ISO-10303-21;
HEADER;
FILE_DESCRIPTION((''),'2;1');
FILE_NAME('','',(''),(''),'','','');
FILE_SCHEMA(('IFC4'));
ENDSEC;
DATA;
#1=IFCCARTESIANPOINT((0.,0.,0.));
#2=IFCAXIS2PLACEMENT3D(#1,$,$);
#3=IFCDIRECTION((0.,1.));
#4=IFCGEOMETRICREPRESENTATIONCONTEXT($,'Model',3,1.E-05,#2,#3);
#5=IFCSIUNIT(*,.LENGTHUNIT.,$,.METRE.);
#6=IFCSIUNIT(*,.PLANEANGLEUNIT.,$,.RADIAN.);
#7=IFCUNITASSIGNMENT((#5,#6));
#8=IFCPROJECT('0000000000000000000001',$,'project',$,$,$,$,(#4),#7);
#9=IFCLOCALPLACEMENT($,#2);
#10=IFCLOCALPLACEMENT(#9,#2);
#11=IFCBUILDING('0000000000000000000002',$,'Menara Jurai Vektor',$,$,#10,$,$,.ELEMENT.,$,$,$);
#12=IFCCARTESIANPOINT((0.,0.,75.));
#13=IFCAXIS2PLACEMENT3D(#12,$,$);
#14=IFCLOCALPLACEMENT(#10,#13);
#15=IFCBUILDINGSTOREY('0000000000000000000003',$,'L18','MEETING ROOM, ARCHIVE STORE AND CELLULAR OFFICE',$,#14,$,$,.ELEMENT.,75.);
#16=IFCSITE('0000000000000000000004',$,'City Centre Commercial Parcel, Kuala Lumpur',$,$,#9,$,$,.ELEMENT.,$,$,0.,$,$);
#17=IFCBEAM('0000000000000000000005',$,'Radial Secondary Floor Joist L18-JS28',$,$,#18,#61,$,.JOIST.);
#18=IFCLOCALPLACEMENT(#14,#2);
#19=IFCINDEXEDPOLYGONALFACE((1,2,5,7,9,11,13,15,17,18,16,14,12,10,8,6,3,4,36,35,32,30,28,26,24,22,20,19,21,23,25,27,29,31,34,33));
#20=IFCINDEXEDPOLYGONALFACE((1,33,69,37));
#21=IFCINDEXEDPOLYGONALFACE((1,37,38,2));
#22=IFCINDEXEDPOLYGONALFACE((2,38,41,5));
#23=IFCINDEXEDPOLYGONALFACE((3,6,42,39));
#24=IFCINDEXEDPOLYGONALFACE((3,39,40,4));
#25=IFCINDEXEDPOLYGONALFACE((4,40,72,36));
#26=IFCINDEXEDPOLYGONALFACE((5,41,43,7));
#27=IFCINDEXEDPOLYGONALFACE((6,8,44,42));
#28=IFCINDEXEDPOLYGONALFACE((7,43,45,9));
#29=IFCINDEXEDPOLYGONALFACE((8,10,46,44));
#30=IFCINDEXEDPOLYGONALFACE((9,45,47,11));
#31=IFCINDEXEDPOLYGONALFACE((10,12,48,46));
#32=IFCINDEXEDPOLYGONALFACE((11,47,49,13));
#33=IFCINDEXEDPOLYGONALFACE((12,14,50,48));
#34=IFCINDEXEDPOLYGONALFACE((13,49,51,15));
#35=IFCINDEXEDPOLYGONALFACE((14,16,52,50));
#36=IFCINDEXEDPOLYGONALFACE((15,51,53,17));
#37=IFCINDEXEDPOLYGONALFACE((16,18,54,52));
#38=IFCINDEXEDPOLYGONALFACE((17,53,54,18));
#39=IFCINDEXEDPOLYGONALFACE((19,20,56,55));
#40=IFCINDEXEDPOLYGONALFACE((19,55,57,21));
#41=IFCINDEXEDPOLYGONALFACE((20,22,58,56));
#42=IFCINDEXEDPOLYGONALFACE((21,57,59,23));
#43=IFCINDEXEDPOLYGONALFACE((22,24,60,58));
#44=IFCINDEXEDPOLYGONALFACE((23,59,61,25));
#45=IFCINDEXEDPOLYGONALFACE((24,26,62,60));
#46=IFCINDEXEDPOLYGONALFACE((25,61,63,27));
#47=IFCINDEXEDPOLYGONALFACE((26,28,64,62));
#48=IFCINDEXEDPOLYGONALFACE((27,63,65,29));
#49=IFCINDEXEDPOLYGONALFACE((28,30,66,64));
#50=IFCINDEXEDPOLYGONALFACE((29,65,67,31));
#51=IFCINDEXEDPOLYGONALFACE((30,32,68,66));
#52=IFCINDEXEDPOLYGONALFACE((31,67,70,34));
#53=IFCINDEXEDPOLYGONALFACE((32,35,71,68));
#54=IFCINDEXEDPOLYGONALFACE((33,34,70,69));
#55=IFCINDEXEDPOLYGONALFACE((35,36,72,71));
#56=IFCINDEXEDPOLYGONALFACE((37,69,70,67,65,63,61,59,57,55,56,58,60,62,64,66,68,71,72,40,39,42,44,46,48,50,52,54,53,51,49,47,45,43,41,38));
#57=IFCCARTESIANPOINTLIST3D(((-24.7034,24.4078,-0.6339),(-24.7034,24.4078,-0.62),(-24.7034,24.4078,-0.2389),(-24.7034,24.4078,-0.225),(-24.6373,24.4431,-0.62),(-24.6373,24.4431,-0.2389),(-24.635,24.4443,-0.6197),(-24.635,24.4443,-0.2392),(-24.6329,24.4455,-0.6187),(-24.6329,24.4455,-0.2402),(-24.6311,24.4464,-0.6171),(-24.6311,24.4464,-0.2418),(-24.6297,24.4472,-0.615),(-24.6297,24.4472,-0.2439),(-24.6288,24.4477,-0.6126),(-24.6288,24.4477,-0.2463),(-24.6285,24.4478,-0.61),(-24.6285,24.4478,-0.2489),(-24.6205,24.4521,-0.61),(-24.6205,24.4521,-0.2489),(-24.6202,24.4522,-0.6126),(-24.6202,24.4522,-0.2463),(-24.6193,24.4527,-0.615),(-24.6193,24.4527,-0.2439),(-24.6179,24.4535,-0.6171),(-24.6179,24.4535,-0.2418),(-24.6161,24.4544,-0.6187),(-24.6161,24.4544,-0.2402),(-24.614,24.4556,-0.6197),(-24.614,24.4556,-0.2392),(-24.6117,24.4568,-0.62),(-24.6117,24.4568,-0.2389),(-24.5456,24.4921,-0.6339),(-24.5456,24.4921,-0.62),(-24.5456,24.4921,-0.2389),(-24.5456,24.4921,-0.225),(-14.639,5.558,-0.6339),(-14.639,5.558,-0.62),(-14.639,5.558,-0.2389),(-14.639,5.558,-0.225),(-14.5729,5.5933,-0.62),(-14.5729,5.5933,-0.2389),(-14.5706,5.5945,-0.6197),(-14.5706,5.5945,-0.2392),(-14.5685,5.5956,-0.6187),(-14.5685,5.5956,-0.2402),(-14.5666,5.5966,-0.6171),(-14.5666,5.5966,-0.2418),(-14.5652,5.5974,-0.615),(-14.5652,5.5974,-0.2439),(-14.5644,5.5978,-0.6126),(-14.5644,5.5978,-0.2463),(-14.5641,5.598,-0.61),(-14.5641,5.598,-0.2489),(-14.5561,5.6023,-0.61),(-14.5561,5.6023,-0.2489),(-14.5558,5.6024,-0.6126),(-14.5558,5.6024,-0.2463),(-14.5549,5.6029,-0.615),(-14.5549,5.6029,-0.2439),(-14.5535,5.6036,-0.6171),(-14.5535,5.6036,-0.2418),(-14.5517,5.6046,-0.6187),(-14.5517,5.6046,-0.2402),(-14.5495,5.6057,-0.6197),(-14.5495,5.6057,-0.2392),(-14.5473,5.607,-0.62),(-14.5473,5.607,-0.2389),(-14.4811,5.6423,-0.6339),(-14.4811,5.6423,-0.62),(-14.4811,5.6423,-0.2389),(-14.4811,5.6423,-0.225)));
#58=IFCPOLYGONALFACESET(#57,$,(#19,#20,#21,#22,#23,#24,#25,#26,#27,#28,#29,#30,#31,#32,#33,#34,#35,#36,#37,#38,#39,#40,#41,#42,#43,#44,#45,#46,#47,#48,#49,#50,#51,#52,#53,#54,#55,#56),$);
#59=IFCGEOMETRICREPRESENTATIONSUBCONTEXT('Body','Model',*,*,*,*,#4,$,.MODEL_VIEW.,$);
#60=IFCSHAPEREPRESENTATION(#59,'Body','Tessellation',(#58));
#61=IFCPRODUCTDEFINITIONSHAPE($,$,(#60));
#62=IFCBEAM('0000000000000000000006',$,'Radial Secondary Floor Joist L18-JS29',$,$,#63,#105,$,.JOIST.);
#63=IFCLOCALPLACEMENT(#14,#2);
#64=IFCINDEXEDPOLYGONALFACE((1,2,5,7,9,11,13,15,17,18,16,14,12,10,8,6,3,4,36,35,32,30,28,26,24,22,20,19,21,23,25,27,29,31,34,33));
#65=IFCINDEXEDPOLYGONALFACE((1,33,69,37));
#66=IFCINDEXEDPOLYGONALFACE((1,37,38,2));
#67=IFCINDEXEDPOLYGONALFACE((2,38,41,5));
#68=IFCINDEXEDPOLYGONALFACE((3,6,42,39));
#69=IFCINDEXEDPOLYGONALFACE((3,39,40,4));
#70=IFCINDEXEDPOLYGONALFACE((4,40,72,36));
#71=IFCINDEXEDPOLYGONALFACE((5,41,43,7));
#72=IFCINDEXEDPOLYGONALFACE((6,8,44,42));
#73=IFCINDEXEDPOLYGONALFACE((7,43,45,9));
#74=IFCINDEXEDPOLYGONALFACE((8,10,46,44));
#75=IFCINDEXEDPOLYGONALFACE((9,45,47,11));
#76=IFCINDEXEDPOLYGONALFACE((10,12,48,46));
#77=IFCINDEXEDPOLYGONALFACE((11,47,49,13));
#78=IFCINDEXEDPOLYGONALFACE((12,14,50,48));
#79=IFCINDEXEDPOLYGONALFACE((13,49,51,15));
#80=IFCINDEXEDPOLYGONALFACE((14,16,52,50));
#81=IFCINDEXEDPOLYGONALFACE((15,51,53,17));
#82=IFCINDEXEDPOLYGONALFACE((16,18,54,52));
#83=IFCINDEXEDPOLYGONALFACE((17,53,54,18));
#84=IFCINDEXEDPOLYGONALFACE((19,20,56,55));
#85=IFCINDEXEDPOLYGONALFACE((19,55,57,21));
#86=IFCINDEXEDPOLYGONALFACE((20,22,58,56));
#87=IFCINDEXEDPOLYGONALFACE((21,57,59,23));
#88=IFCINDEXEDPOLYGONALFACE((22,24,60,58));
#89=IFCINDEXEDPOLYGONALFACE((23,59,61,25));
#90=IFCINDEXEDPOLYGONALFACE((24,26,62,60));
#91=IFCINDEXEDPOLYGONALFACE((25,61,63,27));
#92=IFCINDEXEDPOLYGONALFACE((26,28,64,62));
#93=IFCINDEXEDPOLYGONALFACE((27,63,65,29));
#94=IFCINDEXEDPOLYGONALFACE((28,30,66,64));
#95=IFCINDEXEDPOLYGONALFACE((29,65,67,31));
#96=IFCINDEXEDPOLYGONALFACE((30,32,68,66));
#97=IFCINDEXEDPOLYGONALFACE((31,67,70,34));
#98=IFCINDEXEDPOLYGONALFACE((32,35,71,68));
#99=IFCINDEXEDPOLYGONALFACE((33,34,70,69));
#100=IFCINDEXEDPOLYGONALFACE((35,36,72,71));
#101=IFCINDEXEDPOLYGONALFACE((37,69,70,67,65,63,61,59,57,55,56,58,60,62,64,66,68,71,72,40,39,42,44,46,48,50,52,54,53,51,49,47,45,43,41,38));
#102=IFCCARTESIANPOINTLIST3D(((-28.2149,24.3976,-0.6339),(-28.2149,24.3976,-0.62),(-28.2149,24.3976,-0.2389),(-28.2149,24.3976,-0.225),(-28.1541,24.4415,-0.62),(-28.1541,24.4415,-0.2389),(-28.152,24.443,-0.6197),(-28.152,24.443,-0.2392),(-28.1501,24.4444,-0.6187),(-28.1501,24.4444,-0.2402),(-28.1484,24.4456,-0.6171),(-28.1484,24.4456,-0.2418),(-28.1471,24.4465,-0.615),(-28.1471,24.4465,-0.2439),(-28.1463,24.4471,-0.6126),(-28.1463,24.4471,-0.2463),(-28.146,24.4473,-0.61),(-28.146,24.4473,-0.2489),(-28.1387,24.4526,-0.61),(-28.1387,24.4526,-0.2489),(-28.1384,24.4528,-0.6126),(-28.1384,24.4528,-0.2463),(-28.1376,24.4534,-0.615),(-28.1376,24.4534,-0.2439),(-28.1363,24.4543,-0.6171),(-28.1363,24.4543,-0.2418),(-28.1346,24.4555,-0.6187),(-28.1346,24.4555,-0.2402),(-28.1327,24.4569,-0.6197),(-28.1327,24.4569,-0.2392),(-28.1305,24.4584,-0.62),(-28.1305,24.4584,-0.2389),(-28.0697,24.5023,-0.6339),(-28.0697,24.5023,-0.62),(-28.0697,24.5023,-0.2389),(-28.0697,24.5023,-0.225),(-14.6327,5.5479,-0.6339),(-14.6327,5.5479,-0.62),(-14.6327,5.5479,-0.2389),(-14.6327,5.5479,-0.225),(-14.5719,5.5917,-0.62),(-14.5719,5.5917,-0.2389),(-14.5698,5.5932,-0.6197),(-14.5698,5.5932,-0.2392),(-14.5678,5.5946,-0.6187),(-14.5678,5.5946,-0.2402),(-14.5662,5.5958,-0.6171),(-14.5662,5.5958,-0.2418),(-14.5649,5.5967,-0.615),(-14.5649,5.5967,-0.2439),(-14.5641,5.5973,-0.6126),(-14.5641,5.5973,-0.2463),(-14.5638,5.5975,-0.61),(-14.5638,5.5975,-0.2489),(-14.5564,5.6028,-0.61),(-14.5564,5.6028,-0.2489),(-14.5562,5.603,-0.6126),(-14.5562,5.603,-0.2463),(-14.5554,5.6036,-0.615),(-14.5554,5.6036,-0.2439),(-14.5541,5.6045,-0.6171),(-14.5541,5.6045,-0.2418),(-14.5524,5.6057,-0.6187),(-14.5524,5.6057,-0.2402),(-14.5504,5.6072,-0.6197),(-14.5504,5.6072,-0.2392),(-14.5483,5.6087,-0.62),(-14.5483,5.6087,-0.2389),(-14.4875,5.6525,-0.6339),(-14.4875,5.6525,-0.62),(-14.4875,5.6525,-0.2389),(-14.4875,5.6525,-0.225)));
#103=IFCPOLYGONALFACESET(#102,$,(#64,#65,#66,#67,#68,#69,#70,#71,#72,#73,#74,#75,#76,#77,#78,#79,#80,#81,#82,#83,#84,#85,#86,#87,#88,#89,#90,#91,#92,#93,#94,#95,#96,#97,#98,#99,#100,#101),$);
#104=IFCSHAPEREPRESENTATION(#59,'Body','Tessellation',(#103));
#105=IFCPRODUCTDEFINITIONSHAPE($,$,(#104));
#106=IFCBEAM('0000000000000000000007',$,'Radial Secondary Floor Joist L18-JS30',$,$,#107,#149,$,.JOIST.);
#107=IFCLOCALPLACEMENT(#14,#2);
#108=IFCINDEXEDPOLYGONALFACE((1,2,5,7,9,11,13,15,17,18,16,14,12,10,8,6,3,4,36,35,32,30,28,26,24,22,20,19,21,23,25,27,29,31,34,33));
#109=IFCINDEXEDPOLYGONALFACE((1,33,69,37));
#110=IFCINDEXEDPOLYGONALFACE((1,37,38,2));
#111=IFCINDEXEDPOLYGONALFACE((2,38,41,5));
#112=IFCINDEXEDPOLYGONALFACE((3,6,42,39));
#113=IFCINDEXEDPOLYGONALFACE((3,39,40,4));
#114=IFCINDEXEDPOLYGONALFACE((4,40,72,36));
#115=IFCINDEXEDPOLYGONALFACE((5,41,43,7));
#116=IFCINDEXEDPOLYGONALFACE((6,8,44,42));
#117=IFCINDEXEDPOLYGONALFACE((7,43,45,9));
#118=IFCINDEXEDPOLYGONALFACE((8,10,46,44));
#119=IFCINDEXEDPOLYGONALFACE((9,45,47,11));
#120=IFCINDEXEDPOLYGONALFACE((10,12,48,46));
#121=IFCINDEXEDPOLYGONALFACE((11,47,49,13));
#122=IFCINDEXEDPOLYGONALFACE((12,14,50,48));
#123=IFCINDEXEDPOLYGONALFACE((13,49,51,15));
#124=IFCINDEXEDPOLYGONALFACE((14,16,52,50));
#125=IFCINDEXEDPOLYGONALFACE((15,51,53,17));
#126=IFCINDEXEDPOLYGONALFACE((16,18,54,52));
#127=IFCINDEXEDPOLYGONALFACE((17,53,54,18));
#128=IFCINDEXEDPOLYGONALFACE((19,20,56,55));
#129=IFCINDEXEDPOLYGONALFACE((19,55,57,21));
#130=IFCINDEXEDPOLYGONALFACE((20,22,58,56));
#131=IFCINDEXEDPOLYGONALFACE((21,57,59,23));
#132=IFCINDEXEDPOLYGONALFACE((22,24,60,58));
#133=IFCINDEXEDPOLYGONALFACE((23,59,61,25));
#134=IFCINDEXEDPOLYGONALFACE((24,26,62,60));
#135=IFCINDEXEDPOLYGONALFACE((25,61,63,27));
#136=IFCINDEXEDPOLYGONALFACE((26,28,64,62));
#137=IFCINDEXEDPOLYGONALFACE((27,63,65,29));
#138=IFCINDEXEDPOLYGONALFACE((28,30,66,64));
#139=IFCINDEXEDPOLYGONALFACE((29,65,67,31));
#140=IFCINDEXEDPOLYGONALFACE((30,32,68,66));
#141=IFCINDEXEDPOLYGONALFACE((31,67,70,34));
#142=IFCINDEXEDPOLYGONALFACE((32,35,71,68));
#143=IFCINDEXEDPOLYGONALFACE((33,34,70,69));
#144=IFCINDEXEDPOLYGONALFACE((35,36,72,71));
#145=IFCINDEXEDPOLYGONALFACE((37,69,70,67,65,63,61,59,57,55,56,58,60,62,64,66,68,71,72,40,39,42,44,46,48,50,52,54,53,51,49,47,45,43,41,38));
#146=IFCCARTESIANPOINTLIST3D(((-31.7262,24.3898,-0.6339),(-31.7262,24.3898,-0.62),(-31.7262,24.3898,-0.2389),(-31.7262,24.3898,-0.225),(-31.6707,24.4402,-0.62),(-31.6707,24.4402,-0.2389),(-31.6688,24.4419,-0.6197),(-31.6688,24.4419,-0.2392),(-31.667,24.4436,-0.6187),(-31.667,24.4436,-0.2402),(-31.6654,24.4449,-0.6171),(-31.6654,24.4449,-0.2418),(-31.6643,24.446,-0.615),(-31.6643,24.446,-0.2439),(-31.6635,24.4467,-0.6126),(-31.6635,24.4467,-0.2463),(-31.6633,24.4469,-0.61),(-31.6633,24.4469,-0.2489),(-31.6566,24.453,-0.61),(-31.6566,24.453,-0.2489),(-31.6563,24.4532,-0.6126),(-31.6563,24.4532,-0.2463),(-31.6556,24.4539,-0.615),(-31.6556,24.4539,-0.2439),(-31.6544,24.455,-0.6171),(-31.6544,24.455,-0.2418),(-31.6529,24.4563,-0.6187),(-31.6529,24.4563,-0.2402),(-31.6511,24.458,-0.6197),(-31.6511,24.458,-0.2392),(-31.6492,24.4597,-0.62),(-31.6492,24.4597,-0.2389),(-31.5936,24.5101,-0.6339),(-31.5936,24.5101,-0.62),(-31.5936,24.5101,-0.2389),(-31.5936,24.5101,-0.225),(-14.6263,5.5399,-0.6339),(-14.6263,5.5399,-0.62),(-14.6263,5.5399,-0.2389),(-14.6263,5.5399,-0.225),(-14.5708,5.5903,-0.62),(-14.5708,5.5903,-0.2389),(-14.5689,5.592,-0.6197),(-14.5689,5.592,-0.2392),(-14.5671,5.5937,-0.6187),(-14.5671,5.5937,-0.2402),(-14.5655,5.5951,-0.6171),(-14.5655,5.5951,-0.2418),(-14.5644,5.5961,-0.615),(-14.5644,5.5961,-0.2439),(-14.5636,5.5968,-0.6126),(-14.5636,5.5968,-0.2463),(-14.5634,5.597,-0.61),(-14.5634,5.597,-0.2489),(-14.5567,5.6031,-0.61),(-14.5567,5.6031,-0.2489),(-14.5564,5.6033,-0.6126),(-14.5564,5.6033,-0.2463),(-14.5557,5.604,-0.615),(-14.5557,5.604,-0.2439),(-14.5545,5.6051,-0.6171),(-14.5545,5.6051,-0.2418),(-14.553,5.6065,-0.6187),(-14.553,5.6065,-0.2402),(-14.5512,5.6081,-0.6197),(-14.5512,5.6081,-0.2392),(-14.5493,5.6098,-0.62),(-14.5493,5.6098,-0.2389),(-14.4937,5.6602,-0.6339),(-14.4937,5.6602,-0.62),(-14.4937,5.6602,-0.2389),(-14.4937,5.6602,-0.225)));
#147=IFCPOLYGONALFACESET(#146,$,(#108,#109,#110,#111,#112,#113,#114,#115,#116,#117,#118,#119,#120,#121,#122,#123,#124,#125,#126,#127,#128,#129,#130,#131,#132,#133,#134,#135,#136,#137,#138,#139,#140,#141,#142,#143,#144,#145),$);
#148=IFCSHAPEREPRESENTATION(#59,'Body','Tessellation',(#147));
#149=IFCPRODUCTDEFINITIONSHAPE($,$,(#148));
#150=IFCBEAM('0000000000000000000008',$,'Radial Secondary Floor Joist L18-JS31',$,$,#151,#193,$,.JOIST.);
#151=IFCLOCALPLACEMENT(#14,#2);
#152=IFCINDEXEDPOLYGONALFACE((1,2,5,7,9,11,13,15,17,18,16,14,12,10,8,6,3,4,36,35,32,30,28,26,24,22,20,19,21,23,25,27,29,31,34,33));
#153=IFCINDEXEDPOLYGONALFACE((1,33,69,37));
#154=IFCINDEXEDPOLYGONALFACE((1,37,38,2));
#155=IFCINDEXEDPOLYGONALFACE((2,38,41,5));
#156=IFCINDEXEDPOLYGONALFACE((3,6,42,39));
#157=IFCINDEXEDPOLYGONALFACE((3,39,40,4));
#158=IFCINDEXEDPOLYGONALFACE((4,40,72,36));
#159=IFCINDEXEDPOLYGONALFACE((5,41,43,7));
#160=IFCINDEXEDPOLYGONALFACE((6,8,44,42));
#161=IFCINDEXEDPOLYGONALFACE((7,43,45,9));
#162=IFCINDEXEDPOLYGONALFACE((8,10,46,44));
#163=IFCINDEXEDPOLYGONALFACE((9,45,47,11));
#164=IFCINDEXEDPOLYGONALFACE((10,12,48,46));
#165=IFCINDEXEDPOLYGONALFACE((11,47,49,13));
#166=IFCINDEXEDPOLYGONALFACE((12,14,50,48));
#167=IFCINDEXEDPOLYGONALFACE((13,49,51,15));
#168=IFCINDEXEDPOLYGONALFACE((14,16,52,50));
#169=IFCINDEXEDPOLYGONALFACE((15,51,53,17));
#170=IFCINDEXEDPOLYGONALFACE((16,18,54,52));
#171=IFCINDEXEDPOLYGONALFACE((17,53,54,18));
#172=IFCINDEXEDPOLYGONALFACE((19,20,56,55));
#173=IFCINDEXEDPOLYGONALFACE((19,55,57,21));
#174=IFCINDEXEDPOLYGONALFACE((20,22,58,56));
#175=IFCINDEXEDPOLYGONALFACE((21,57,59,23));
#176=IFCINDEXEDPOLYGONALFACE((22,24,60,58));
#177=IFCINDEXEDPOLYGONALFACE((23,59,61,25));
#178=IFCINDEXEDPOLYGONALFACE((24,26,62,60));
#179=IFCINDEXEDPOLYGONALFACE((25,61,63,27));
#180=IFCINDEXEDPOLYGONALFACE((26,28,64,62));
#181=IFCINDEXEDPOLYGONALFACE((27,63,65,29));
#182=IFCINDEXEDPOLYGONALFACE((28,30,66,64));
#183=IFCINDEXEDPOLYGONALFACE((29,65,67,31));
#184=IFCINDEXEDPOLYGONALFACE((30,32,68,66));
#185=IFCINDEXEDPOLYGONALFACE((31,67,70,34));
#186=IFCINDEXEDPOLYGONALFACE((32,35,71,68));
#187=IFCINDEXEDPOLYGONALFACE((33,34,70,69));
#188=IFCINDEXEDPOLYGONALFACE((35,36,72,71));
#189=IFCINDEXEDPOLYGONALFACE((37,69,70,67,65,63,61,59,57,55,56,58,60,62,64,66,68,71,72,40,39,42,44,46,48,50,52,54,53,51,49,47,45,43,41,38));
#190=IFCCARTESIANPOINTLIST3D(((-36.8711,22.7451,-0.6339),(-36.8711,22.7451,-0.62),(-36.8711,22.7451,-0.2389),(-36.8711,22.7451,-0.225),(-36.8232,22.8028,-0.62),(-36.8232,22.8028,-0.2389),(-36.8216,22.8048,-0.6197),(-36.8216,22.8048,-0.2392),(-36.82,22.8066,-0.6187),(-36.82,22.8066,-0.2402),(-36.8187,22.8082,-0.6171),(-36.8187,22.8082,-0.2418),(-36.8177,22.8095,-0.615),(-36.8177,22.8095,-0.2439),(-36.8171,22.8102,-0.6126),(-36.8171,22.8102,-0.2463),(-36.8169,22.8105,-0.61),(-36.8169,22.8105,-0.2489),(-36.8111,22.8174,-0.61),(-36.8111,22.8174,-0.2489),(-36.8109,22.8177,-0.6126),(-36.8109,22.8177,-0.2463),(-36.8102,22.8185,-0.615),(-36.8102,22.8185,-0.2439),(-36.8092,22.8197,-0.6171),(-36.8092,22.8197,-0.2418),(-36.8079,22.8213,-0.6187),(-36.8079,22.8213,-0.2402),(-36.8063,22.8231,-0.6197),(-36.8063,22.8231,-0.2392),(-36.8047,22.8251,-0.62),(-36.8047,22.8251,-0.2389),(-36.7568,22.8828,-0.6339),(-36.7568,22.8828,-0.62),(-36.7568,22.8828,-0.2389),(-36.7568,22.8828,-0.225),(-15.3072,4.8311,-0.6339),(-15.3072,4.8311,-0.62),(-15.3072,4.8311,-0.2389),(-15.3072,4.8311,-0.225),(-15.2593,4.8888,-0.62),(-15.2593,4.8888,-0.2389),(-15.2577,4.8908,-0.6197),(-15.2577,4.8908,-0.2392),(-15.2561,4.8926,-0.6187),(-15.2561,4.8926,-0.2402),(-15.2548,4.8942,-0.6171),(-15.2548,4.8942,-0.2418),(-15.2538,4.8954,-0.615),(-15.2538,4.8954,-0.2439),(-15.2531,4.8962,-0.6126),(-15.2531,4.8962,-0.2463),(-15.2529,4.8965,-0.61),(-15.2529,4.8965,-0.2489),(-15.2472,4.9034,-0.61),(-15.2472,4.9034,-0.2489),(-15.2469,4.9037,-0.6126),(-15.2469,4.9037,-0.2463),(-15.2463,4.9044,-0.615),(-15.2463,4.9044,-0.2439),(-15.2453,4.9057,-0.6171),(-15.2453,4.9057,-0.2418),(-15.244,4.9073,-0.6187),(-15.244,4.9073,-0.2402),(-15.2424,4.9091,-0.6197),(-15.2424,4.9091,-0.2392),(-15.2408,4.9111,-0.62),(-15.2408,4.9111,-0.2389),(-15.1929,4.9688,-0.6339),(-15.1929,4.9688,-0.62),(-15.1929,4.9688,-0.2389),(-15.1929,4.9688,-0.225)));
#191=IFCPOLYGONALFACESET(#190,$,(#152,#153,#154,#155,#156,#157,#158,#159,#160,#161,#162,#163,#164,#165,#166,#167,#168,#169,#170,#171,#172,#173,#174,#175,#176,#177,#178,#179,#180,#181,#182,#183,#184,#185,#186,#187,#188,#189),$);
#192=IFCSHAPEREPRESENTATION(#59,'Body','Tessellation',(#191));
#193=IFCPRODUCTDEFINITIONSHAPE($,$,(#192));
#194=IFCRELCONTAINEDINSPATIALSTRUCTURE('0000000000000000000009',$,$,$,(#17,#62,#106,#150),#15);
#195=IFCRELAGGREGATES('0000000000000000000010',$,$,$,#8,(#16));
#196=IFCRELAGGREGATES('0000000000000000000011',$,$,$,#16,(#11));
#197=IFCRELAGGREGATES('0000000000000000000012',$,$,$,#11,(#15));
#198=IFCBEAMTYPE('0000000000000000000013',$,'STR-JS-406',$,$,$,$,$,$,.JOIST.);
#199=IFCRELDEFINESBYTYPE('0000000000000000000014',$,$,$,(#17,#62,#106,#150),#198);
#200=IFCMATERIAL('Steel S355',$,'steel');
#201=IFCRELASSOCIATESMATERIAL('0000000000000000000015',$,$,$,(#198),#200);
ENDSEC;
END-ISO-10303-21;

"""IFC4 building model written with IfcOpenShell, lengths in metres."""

from ifc_helpers import new_model, si_unit, direction, frame, origin, origin_2d, place, context, subcontext, project, spatial, i_section, extrude, material, material_profile, profile_set, type_object, element, save


model = new_model("IFC4")

# Units and contexts
model_context = context("Model", 3, precision=1e-05, world=origin(), true_north=direction((0.0, 1.0)))
body_context = subcontext(model_context, "Body", "Model", "MODEL_VIEW")
ifc_project = project(units=[si_unit("LENGTHUNIT", "METRE"), si_unit("PLANEANGLEUNIT", "RADIAN")], contexts=[model_context])

# Site, building, storey
site_placement = place(None, origin())
site = spatial("IfcSite", under=ifc_project, at=site_placement, Name="City Centre Commercial Parcel, Kuala Lumpur", CompositionType="ELEMENT", RefElevation=0.0)
building_placement = place(site_placement, origin())
building = spatial("IfcBuilding", under=site, at=building_placement, Name="Menara Jurai Vektor", CompositionType="ELEMENT")
storey_placement = place(building_placement, frame((0.0, 0.0, 75.0)))
storey = spatial("IfcBuildingStorey", under=building, at=storey_placement, Name="L18", Description="MEETING ROOM, ARCHIVE STORE AND CELLULAR OFFICE", CompositionType="ELEMENT", Elevation=75.0)

# Shared definitions
ifc_material_1 = material(Name="Steel S355", Category="steel")

# Beams
ifc_material_profile_1 = material_profile(ifc_material_1, i_section(OverallWidth=0.179, OverallDepth=0.4089, WebThickness=0.009, FlangeThickness=0.0139, FilletRadius=0.01, at=origin_2d()), Name="UKB 406x178x67")
ifc_profile_set_1 = profile_set([ifc_material_profile_1], Name="Steel S355")
beam_type_1 = type_object("IfcBeamType", Name="STR-JS-406", PredefinedType="JOIST", material=ifc_profile_set_1)
beam_1_placement = place(storey_placement, frame((-24.6245, 24.45, -0.4294), z_axis=(0.470996, -0.882135, 0.0), x_axis=(0.882135, 0.470996, 0.0)))
element("IfcBeam", 1, at=beam_1_placement, inside=storey, type_object=beam_type_1, Name="Radial Secondary Floor Joist L18-JS28", PredefinedType="JOIST", context=body_context, shape_type="SweptSolid", body=[
    extrude(i_section(OverallWidth=0.179, OverallDepth=0.4089, WebThickness=0.009, FlangeThickness=0.0139, FilletRadius=0.01, at=origin_2d()), origin(), (0.0, 0.0, 1.0), 21.3684),
])
beam_2_placement = place(storey_placement, frame((-28.1423, 24.45, -0.4294), z_axis=(0.584599, -0.811322, 0.0), x_axis=(0.811322, 0.584599, 0.0)))
element("IfcBeam", 2, at=beam_2_placement, inside=storey, type_object=beam_type_1, Name="Radial Secondary Floor Joist L18-JS29", PredefinedType="JOIST", context=body_context, shape_type="SweptSolid", body=[
    extrude(i_section(OverallWidth=0.179, OverallDepth=0.4089, WebThickness=0.009, FlangeThickness=0.0139, FilletRadius=0.01, at=origin_2d()), origin(), (0.0, 0.0, 1.0), 23.2334),
])
beam_3_placement = place(storey_placement, frame((-31.6599, 24.45, -0.4294), z_axis=(0.67189, -0.740651, 0.0), x_axis=(0.740651, 0.67189, 0.0)))
element("IfcBeam", 3, at=beam_3_placement, inside=storey, type_object=beam_type_1, Name="Radial Secondary Floor Joist L18-JS30", PredefinedType="JOIST", context=body_context, shape_type="SweptSolid", body=[
    extrude(i_section(OverallWidth=0.179, OverallDepth=0.4089, WebThickness=0.009, FlangeThickness=0.0139, FilletRadius=0.01, at=origin_2d()), origin(), (0.0, 0.0, 1.0), 25.4504),
])
beam_4_placement = place(storey_placement, frame((-36.814, 22.814, -0.4294), z_axis=(0.769201, -0.639007, 0.0), x_axis=(0.639007, 0.769201, 0.0)))
element("IfcBeam", 4, at=beam_4_placement, inside=storey, type_object=beam_type_1, Name="Radial Secondary Floor Joist L18-JS31", PredefinedType="JOIST", context=body_context, shape_type="SweptSolid", body=[
    extrude(i_section(OverallWidth=0.179, OverallDepth=0.4089, WebThickness=0.009, FlangeThickness=0.0139, FilletRadius=0.01, at=origin_2d()), origin(), (0.0, 0.0, 1.0), 28.0342),
])

save(model, "model.ifc")
